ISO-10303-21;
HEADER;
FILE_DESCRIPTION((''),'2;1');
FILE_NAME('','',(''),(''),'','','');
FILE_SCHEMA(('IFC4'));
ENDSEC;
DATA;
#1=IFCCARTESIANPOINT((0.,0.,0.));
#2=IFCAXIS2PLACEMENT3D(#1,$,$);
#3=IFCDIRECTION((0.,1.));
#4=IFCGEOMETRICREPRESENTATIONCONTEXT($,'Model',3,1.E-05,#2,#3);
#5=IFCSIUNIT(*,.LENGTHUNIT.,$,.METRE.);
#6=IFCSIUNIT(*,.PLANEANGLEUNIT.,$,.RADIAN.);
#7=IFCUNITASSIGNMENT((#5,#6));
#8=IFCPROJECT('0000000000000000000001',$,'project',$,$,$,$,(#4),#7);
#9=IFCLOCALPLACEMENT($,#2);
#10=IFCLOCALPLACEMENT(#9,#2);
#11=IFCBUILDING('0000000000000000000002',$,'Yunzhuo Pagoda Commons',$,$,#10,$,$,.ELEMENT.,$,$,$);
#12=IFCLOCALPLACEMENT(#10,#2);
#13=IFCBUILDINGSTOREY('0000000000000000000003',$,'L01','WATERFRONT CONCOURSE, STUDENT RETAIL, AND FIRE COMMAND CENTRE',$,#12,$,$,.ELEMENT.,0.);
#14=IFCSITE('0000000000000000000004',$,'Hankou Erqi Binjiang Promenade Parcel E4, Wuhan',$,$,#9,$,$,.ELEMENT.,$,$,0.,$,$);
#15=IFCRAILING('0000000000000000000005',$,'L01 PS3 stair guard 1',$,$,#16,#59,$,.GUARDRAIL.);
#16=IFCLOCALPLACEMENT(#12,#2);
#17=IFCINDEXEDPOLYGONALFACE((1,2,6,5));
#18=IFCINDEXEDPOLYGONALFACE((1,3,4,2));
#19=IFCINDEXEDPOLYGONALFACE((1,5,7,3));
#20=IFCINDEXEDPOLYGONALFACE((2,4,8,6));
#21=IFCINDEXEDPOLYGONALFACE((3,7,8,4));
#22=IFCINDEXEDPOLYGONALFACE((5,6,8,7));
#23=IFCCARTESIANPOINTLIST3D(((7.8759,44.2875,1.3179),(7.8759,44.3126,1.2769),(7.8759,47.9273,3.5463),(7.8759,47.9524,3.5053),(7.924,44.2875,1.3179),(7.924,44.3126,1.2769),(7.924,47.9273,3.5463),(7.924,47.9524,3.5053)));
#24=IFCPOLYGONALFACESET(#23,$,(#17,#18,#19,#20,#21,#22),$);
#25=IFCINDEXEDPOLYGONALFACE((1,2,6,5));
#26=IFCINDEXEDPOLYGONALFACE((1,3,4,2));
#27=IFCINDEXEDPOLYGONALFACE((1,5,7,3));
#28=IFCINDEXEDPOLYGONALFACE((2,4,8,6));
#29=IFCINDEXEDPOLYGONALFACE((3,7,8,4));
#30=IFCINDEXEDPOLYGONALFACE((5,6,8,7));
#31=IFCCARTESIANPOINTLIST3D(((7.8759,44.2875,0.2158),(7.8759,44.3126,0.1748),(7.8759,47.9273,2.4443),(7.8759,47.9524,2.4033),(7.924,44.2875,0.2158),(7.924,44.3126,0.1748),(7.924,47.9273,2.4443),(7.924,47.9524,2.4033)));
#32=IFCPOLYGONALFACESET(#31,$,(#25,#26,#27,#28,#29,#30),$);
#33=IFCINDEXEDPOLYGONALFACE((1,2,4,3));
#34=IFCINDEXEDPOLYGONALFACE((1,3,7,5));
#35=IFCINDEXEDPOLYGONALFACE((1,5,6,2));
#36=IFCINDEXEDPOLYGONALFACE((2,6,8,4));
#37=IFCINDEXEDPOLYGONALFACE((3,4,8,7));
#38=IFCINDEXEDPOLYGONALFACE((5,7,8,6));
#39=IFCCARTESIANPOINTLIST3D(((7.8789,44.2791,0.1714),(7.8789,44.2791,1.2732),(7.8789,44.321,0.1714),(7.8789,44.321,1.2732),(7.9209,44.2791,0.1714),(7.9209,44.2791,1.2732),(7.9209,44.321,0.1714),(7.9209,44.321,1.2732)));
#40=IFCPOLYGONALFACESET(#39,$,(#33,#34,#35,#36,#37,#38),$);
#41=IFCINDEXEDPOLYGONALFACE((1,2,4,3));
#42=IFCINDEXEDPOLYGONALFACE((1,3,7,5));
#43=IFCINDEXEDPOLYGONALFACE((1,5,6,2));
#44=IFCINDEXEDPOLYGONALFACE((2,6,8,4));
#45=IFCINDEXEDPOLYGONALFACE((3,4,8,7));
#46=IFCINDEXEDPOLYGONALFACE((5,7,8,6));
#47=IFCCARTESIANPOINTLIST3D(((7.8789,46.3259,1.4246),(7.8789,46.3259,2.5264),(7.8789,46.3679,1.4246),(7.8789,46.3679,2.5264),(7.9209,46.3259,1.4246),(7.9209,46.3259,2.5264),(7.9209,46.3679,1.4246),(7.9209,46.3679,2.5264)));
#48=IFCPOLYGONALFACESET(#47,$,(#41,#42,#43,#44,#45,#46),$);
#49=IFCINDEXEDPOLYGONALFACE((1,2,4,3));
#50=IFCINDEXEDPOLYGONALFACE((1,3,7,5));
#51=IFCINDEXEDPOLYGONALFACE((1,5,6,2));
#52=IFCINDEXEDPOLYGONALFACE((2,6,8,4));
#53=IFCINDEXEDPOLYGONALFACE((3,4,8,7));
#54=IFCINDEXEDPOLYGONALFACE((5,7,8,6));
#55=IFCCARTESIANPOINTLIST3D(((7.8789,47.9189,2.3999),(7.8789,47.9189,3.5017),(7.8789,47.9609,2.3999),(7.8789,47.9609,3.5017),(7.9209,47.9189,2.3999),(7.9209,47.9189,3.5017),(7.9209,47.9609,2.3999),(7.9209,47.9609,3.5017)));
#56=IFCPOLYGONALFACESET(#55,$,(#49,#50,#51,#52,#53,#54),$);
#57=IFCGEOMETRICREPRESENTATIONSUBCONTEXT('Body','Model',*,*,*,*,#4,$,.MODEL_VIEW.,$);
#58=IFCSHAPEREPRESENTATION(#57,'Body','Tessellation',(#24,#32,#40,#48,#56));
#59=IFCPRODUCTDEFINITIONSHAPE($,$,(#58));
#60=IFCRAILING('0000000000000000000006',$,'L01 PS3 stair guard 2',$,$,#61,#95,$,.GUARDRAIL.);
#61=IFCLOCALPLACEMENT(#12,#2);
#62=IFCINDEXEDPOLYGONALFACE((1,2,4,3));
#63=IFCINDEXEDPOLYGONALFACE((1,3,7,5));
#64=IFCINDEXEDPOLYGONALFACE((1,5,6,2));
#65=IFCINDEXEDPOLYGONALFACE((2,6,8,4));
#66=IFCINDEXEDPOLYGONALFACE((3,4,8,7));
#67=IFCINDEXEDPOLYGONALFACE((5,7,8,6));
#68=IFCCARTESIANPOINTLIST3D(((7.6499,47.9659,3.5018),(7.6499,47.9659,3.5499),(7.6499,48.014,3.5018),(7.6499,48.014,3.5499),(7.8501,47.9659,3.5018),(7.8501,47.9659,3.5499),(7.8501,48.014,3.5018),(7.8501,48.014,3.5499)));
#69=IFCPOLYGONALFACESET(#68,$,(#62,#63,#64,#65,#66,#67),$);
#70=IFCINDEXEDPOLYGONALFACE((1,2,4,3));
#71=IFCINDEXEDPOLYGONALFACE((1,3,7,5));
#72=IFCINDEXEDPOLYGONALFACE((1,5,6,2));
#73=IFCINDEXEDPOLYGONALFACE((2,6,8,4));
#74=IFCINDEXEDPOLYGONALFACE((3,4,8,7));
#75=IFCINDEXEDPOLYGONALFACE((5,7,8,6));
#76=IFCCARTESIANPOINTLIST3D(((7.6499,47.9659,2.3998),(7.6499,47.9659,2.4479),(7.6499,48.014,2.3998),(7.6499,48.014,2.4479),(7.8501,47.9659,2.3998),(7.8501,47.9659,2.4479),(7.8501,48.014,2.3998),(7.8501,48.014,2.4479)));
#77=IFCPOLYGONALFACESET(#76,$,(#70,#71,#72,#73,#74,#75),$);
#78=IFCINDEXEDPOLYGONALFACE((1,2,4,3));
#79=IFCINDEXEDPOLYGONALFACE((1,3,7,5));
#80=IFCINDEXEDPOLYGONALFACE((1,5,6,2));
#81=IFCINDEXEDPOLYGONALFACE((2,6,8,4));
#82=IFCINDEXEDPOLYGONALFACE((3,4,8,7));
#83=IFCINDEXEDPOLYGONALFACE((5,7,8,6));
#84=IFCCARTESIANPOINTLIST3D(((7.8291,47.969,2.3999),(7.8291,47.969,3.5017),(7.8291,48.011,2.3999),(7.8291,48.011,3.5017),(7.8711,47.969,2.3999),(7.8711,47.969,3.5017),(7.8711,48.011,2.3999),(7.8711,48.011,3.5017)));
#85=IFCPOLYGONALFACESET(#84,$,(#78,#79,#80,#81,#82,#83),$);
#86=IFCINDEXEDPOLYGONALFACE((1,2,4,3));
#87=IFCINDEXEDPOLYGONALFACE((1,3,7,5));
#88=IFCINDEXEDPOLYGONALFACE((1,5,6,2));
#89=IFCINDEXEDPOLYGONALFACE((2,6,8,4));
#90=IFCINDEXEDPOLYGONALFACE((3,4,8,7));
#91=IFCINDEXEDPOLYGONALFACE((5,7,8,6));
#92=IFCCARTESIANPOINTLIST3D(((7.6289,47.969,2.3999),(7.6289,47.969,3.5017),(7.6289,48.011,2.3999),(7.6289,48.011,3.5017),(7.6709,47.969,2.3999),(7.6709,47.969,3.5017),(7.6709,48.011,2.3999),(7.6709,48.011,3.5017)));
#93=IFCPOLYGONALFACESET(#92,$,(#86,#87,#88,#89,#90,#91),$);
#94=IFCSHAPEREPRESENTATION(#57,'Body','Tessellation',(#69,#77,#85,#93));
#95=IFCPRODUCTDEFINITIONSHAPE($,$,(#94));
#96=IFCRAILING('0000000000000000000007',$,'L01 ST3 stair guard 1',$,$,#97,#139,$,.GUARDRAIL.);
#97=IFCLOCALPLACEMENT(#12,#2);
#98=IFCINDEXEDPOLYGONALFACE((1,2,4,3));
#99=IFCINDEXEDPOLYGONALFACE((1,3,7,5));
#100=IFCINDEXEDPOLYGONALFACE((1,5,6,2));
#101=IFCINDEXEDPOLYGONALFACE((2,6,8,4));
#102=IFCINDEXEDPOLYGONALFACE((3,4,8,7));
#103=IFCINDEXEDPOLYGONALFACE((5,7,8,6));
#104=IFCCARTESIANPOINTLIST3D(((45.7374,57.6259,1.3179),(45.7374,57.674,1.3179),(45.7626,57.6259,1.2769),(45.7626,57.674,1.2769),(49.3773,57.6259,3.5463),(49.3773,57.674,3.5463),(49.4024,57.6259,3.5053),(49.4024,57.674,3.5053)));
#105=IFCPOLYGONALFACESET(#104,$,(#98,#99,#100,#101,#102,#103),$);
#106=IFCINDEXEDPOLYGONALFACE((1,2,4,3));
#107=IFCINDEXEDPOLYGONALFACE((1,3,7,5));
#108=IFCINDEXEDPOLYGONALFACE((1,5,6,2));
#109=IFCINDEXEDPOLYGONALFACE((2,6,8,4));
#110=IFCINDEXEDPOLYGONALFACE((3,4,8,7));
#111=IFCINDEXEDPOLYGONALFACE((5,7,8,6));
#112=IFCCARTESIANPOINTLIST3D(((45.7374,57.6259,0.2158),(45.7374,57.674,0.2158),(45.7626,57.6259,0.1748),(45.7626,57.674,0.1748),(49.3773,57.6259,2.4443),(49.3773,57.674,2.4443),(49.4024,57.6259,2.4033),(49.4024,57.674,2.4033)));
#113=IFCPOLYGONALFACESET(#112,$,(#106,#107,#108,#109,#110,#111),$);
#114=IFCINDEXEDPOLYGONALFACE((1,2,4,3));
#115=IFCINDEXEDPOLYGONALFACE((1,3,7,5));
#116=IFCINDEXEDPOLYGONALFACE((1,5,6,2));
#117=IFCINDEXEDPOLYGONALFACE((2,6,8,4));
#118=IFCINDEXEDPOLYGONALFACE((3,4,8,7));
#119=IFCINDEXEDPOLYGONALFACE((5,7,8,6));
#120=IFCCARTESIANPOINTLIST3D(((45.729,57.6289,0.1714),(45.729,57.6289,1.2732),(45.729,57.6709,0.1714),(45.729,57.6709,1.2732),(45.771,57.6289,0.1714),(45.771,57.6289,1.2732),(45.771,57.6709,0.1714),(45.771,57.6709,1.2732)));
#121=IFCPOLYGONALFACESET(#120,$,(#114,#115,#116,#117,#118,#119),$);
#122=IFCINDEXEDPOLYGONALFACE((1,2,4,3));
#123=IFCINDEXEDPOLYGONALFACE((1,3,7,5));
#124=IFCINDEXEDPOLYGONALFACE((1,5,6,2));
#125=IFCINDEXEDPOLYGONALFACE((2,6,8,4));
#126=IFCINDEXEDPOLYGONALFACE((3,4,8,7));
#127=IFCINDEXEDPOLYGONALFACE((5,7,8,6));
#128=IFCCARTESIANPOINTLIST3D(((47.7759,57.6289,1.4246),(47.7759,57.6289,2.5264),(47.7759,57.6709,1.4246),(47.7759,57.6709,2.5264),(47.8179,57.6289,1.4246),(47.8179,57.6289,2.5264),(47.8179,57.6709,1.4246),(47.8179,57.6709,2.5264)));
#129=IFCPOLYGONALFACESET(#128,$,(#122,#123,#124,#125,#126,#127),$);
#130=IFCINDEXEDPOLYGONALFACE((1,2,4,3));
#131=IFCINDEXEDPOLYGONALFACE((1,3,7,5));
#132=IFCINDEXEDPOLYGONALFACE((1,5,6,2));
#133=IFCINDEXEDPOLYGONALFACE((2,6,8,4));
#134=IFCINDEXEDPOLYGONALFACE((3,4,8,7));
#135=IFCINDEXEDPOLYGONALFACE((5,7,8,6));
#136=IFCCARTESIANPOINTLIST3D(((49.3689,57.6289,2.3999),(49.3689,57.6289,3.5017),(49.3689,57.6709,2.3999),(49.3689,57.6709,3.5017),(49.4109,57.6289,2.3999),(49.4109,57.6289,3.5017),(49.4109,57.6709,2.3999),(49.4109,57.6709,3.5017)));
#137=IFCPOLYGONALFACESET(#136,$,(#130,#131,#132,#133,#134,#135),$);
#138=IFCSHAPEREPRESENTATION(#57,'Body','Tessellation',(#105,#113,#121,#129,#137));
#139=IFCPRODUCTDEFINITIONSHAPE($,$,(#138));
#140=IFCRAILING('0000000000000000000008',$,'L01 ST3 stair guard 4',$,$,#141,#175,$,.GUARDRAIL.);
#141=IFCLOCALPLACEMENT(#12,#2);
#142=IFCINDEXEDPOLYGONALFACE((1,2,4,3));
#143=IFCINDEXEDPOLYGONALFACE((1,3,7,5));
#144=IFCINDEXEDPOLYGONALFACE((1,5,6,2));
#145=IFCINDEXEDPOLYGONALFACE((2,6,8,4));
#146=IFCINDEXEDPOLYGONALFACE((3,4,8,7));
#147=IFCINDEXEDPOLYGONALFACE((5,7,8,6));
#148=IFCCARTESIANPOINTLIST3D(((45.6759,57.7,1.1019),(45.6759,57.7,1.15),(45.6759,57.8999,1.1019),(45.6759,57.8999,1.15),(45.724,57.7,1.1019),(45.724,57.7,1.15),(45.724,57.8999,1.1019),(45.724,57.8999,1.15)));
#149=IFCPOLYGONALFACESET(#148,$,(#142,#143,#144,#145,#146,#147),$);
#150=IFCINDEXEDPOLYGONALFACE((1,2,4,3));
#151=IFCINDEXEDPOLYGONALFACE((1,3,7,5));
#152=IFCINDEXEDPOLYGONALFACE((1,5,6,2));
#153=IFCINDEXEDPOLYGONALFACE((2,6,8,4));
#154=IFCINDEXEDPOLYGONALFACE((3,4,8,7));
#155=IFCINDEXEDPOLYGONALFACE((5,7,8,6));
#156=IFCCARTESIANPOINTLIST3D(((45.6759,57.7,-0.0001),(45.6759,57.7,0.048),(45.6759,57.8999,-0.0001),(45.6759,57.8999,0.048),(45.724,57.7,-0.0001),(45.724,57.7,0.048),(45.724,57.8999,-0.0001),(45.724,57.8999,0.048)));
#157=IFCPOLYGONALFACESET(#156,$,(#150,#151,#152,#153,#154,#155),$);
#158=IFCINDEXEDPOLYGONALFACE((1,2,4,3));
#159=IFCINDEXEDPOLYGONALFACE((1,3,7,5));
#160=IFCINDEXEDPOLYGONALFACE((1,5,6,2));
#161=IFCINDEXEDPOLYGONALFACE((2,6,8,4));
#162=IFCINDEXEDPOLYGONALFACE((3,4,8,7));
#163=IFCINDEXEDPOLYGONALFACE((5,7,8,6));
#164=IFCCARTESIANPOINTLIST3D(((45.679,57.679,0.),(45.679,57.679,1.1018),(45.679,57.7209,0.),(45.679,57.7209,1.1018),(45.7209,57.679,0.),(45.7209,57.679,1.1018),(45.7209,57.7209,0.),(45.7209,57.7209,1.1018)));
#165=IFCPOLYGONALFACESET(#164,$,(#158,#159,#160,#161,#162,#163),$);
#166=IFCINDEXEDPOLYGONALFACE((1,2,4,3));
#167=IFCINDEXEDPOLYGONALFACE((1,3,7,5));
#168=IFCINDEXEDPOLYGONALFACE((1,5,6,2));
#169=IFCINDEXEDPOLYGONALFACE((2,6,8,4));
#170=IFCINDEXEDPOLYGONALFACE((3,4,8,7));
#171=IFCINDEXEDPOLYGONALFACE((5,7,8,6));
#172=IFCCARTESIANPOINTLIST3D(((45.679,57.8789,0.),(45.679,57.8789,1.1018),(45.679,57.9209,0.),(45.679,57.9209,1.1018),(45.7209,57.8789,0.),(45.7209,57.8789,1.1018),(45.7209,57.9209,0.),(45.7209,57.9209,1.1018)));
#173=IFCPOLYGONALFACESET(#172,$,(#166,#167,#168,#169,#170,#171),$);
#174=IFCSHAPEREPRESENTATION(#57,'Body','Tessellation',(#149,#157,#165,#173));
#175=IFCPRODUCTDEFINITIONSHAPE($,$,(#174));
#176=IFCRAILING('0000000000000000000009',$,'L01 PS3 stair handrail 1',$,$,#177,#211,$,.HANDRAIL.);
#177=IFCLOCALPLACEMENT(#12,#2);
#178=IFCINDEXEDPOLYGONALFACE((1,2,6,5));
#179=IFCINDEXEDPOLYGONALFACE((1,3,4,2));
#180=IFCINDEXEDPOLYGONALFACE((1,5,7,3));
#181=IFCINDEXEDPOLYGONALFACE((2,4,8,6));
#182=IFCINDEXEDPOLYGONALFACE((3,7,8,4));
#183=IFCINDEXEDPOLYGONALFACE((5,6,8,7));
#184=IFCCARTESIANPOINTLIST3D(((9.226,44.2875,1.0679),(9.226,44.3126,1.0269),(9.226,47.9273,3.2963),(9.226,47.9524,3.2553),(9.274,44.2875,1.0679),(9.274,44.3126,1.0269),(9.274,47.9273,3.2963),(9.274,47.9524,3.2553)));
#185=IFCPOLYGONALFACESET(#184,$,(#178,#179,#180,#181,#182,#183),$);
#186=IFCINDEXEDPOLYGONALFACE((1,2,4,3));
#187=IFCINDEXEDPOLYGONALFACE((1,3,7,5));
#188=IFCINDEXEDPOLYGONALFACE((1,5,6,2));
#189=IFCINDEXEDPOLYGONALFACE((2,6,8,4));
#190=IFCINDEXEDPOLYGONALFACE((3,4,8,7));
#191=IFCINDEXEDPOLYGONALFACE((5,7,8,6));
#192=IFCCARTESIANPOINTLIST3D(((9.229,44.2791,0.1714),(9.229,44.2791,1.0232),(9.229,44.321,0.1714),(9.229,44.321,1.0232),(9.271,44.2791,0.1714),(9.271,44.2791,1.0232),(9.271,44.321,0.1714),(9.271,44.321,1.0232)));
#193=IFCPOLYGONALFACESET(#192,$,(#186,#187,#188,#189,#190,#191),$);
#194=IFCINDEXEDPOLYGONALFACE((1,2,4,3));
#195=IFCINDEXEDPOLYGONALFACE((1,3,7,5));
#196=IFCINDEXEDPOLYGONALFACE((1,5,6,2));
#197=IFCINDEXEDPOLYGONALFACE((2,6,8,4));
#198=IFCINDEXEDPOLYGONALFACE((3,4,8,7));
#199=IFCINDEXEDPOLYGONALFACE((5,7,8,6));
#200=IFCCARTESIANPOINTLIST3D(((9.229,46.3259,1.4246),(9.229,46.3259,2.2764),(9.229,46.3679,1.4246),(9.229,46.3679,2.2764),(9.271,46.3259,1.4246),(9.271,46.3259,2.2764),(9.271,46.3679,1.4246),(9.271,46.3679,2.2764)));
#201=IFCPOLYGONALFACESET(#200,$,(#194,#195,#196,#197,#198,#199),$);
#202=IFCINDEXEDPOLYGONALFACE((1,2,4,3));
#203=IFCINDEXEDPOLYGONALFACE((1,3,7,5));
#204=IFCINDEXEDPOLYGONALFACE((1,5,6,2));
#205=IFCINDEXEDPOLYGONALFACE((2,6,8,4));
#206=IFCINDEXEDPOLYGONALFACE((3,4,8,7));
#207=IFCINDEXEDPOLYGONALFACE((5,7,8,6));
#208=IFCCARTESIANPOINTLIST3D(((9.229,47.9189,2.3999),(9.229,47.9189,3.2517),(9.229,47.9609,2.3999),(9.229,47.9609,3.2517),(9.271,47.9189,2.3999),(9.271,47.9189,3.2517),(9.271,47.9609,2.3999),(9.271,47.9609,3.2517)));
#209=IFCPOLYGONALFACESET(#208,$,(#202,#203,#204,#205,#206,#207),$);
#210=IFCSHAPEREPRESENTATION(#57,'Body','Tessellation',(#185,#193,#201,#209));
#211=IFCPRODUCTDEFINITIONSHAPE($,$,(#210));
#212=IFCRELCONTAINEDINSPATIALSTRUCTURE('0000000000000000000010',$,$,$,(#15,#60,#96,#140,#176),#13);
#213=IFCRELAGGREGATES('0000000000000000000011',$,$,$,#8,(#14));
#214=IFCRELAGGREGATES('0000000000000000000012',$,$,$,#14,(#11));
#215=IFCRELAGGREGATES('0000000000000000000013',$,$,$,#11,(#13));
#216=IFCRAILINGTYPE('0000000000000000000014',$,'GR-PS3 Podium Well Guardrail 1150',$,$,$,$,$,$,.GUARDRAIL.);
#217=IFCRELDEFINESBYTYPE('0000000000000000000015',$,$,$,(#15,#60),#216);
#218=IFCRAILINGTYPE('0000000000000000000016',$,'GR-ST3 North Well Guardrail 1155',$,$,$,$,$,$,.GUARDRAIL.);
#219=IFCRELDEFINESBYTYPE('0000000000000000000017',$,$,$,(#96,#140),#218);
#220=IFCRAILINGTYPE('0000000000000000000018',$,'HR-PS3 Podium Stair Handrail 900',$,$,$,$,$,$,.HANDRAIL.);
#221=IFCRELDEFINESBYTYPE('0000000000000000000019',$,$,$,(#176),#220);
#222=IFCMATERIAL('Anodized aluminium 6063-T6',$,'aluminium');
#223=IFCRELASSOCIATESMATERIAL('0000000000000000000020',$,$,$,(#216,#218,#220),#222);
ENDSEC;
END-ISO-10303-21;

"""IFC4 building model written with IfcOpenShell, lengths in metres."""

from ifc_helpers import new_model, si_unit, direction, frame, origin, origin_2d, place, context, subcontext, project, spatial, rectangle, extrude, material, type_object, element, save


model = new_model("IFC4")

# Units and contexts
model_context = context("Model", 3, precision=1e-05, world=origin(), true_north=direction((0.0, 1.0)))
body_context = subcontext(model_context, "Body", "Model", "MODEL_VIEW")
ifc_project = project(units=[si_unit("LENGTHUNIT", "METRE"), si_unit("PLANEANGLEUNIT", "RADIAN")], contexts=[model_context])

# Site, building, storey
site_placement = place(None, origin())
site = spatial("IfcSite", under=ifc_project, at=site_placement, Name="Hankou Erqi Binjiang Promenade Parcel E4, Wuhan", CompositionType="ELEMENT", RefElevation=0.0)
building_placement = place(site_placement, origin())
building = spatial("IfcBuilding", under=site, at=building_placement, Name="Yunzhuo Pagoda Commons", CompositionType="ELEMENT")
storey_placement = place(building_placement, origin())
storey = spatial("IfcBuildingStorey", under=building, at=storey_placement, Name="L01", Description="WATERFRONT CONCOURSE, STUDENT RETAIL, AND FIRE COMMAND CENTRE", CompositionType="ELEMENT", Elevation=0.0)

# Railings
ifc_material_1 = material(Name="Anodized aluminium 6063-T6", Category="aluminium")
railing_type_1 = type_object("IfcRailingType", Name="GR-PS3 Podium Well Guardrail 1150", PredefinedType="GUARDRAIL", material=ifc_material_1)
railing_1_placement = place(storey_placement, frame((7.8999, 44.3, 0.1714)))
element("IfcRailing", 1, at=railing_1_placement, inside=storey, type_object=railing_type_1, Name="L01 PS3 stair guard 1", PredefinedType="GUARDRAIL", context=body_context, shape_type="SweptSolid", body=[
    extrude(rectangle(XDim=0.0481, YDim=0.0481, at=origin_2d()), frame((0.0, 0.0, 1.126), z_axis=(0.0, 0.85285, 0.522156), x_axis=(-1.0, 0.0, 0.0)), (0.0, 0.0, 1.0), 4.2678),
    extrude(rectangle(XDim=0.0481, YDim=0.0481, at=origin_2d()), frame((0.0, 0.0, 0.0239), z_axis=(0.0, 0.85285, 0.522156), x_axis=(-1.0, 0.0, 0.0)), (0.0, 0.0, 1.0), 4.2678),
    extrude(rectangle(XDim=0.042, YDim=0.042, at=origin_2d()), origin(), (0.0, 0.0, 1.0), 1.1018),
    extrude(rectangle(XDim=0.042, YDim=0.042, at=origin_2d()), frame((0.0, 2.0469, 1.2532)), (0.0, 0.0, 1.0), 1.1018),
    extrude(rectangle(XDim=0.042, YDim=0.042, at=origin_2d()), frame((0.0, 3.6399, 2.2285)), (0.0, 0.0, 1.0), 1.1018),
])
railing_2_placement = place(storey_placement, frame((7.8501, 47.99, 2.3999)))
element("IfcRailing", 2, at=railing_2_placement, inside=storey, type_object=railing_type_1, Name="L01 PS3 stair guard 2", PredefinedType="GUARDRAIL", context=body_context, shape_type="SweptSolid", body=[
    extrude(rectangle(XDim=0.0481, YDim=0.0481, at=origin_2d()), frame((0.0, 0.0, 1.126), z_axis=(-1.0, 0.0, 0.0), x_axis=(0.0, -1.0, 0.0)), (0.0, 0.0, 1.0), 0.2002),
    extrude(rectangle(XDim=0.0481, YDim=0.0481, at=origin_2d()), frame((0.0, 0.0, 0.0239), z_axis=(-1.0, 0.0, 0.0), x_axis=(0.0, -1.0, 0.0)), (0.0, 0.0, 1.0), 0.2002),
    extrude(rectangle(XDim=0.042, YDim=0.042, at=origin_2d()), origin(), (0.0, 0.0, 1.0), 1.1018),
    extrude(rectangle(XDim=0.042, YDim=0.042, at=origin_2d()), frame((-0.2002, 0.0, 0.0)), (0.0, 0.0, 1.0), 1.1018),
])
railing_type_2 = type_object("IfcRailingType", Name="GR-ST3 North Well Guardrail 1155", PredefinedType="GUARDRAIL", material=ifc_material_1)
railing_3_placement = place(storey_placement, frame((45.75, 57.6499, 0.1714)))
element("IfcRailing", 3, at=railing_3_placement, inside=storey, type_object=railing_type_2, Name="L01 ST3 stair guard 1", PredefinedType="GUARDRAIL", context=body_context, shape_type="SweptSolid", body=[
    extrude(rectangle(XDim=0.0481, YDim=0.0481, at=origin_2d()), frame((0.0, 0.0, 1.126), z_axis=(0.85285, 0.0, 0.522156), x_axis=(0.0, 1.0, 0.0)), (0.0, 0.0, 1.0), 4.2678),
    extrude(rectangle(XDim=0.0481, YDim=0.0481, at=origin_2d()), frame((0.0, 0.0, 0.0239), z_axis=(0.85285, 0.0, 0.522156), x_axis=(0.0, 1.0, 0.0)), (0.0, 0.0, 1.0), 4.2678),
    extrude(rectangle(XDim=0.042, YDim=0.042, at=origin_2d()), origin(), (0.0, 0.0, 1.0), 1.1018),
    extrude(rectangle(XDim=0.042, YDim=0.042, at=origin_2d()), frame((2.0469, 0.0, 1.2532)), (0.0, 0.0, 1.0), 1.1018),
    extrude(rectangle(XDim=0.042, YDim=0.042, at=origin_2d()), frame((3.6399, 0.0, 2.2285)), (0.0, 0.0, 1.0), 1.1018),
])
railing_4_placement = place(storey_placement, frame((45.7, 57.7, 0.0)))
element("IfcRailing", 4, at=railing_4_placement, inside=storey, type_object=railing_type_2, Name="L01 ST3 stair guard 4", PredefinedType="GUARDRAIL", context=body_context, shape_type="SweptSolid", body=[
    extrude(rectangle(XDim=0.0481, YDim=0.0481, at=origin_2d()), frame((0.0, 0.0, 1.126), z_axis=(0.0, 1.0, 0.0), x_axis=(-1.0, 0.0, 0.0)), (0.0, 0.0, 1.0), 0.2),
    extrude(rectangle(XDim=0.0481, YDim=0.0481, at=origin_2d()), frame((0.0, 0.0, 0.0239), z_axis=(0.0, 1.0, 0.0), x_axis=(-1.0, 0.0, 0.0)), (0.0, 0.0, 1.0), 0.2),
    extrude(rectangle(XDim=0.042, YDim=0.042, at=origin_2d()), origin(), (0.0, 0.0, 1.0), 1.1018),
    extrude(rectangle(XDim=0.042, YDim=0.042, at=origin_2d()), frame((0.0, 0.2, 0.0)), (0.0, 0.0, 1.0), 1.1018),
])
railing_type_3 = type_object("IfcRailingType", Name="HR-PS3 Podium Stair Handrail 900", PredefinedType="HANDRAIL", material=ifc_material_1)
railing_5_placement = place(storey_placement, frame((9.25, 44.3, 0.1714)))
element("IfcRailing", 5, at=railing_5_placement, inside=storey, type_object=railing_type_3, Name="L01 PS3 stair handrail 1", PredefinedType="HANDRAIL", context=body_context, shape_type="SweptSolid", body=[
    extrude(rectangle(XDim=0.0481, YDim=0.0481, at=origin_2d()), frame((0.0, 0.0, 0.876), z_axis=(0.0, 0.85285, 0.522156), x_axis=(-1.0, 0.0, 0.0)), (0.0, 0.0, 1.0), 4.2678),
    extrude(rectangle(XDim=0.042, YDim=0.042, at=origin_2d()), origin(), (0.0, 0.0, 1.0), 0.8518),
    extrude(rectangle(XDim=0.042, YDim=0.042, at=origin_2d()), frame((0.0, 2.0469, 1.2532)), (0.0, 0.0, 1.0), 0.8518),
    extrude(rectangle(XDim=0.042, YDim=0.042, at=origin_2d()), frame((0.0, 3.6399, 2.2285)), (0.0, 0.0, 1.0), 0.8518),
])

save(model, "model.ifc")
